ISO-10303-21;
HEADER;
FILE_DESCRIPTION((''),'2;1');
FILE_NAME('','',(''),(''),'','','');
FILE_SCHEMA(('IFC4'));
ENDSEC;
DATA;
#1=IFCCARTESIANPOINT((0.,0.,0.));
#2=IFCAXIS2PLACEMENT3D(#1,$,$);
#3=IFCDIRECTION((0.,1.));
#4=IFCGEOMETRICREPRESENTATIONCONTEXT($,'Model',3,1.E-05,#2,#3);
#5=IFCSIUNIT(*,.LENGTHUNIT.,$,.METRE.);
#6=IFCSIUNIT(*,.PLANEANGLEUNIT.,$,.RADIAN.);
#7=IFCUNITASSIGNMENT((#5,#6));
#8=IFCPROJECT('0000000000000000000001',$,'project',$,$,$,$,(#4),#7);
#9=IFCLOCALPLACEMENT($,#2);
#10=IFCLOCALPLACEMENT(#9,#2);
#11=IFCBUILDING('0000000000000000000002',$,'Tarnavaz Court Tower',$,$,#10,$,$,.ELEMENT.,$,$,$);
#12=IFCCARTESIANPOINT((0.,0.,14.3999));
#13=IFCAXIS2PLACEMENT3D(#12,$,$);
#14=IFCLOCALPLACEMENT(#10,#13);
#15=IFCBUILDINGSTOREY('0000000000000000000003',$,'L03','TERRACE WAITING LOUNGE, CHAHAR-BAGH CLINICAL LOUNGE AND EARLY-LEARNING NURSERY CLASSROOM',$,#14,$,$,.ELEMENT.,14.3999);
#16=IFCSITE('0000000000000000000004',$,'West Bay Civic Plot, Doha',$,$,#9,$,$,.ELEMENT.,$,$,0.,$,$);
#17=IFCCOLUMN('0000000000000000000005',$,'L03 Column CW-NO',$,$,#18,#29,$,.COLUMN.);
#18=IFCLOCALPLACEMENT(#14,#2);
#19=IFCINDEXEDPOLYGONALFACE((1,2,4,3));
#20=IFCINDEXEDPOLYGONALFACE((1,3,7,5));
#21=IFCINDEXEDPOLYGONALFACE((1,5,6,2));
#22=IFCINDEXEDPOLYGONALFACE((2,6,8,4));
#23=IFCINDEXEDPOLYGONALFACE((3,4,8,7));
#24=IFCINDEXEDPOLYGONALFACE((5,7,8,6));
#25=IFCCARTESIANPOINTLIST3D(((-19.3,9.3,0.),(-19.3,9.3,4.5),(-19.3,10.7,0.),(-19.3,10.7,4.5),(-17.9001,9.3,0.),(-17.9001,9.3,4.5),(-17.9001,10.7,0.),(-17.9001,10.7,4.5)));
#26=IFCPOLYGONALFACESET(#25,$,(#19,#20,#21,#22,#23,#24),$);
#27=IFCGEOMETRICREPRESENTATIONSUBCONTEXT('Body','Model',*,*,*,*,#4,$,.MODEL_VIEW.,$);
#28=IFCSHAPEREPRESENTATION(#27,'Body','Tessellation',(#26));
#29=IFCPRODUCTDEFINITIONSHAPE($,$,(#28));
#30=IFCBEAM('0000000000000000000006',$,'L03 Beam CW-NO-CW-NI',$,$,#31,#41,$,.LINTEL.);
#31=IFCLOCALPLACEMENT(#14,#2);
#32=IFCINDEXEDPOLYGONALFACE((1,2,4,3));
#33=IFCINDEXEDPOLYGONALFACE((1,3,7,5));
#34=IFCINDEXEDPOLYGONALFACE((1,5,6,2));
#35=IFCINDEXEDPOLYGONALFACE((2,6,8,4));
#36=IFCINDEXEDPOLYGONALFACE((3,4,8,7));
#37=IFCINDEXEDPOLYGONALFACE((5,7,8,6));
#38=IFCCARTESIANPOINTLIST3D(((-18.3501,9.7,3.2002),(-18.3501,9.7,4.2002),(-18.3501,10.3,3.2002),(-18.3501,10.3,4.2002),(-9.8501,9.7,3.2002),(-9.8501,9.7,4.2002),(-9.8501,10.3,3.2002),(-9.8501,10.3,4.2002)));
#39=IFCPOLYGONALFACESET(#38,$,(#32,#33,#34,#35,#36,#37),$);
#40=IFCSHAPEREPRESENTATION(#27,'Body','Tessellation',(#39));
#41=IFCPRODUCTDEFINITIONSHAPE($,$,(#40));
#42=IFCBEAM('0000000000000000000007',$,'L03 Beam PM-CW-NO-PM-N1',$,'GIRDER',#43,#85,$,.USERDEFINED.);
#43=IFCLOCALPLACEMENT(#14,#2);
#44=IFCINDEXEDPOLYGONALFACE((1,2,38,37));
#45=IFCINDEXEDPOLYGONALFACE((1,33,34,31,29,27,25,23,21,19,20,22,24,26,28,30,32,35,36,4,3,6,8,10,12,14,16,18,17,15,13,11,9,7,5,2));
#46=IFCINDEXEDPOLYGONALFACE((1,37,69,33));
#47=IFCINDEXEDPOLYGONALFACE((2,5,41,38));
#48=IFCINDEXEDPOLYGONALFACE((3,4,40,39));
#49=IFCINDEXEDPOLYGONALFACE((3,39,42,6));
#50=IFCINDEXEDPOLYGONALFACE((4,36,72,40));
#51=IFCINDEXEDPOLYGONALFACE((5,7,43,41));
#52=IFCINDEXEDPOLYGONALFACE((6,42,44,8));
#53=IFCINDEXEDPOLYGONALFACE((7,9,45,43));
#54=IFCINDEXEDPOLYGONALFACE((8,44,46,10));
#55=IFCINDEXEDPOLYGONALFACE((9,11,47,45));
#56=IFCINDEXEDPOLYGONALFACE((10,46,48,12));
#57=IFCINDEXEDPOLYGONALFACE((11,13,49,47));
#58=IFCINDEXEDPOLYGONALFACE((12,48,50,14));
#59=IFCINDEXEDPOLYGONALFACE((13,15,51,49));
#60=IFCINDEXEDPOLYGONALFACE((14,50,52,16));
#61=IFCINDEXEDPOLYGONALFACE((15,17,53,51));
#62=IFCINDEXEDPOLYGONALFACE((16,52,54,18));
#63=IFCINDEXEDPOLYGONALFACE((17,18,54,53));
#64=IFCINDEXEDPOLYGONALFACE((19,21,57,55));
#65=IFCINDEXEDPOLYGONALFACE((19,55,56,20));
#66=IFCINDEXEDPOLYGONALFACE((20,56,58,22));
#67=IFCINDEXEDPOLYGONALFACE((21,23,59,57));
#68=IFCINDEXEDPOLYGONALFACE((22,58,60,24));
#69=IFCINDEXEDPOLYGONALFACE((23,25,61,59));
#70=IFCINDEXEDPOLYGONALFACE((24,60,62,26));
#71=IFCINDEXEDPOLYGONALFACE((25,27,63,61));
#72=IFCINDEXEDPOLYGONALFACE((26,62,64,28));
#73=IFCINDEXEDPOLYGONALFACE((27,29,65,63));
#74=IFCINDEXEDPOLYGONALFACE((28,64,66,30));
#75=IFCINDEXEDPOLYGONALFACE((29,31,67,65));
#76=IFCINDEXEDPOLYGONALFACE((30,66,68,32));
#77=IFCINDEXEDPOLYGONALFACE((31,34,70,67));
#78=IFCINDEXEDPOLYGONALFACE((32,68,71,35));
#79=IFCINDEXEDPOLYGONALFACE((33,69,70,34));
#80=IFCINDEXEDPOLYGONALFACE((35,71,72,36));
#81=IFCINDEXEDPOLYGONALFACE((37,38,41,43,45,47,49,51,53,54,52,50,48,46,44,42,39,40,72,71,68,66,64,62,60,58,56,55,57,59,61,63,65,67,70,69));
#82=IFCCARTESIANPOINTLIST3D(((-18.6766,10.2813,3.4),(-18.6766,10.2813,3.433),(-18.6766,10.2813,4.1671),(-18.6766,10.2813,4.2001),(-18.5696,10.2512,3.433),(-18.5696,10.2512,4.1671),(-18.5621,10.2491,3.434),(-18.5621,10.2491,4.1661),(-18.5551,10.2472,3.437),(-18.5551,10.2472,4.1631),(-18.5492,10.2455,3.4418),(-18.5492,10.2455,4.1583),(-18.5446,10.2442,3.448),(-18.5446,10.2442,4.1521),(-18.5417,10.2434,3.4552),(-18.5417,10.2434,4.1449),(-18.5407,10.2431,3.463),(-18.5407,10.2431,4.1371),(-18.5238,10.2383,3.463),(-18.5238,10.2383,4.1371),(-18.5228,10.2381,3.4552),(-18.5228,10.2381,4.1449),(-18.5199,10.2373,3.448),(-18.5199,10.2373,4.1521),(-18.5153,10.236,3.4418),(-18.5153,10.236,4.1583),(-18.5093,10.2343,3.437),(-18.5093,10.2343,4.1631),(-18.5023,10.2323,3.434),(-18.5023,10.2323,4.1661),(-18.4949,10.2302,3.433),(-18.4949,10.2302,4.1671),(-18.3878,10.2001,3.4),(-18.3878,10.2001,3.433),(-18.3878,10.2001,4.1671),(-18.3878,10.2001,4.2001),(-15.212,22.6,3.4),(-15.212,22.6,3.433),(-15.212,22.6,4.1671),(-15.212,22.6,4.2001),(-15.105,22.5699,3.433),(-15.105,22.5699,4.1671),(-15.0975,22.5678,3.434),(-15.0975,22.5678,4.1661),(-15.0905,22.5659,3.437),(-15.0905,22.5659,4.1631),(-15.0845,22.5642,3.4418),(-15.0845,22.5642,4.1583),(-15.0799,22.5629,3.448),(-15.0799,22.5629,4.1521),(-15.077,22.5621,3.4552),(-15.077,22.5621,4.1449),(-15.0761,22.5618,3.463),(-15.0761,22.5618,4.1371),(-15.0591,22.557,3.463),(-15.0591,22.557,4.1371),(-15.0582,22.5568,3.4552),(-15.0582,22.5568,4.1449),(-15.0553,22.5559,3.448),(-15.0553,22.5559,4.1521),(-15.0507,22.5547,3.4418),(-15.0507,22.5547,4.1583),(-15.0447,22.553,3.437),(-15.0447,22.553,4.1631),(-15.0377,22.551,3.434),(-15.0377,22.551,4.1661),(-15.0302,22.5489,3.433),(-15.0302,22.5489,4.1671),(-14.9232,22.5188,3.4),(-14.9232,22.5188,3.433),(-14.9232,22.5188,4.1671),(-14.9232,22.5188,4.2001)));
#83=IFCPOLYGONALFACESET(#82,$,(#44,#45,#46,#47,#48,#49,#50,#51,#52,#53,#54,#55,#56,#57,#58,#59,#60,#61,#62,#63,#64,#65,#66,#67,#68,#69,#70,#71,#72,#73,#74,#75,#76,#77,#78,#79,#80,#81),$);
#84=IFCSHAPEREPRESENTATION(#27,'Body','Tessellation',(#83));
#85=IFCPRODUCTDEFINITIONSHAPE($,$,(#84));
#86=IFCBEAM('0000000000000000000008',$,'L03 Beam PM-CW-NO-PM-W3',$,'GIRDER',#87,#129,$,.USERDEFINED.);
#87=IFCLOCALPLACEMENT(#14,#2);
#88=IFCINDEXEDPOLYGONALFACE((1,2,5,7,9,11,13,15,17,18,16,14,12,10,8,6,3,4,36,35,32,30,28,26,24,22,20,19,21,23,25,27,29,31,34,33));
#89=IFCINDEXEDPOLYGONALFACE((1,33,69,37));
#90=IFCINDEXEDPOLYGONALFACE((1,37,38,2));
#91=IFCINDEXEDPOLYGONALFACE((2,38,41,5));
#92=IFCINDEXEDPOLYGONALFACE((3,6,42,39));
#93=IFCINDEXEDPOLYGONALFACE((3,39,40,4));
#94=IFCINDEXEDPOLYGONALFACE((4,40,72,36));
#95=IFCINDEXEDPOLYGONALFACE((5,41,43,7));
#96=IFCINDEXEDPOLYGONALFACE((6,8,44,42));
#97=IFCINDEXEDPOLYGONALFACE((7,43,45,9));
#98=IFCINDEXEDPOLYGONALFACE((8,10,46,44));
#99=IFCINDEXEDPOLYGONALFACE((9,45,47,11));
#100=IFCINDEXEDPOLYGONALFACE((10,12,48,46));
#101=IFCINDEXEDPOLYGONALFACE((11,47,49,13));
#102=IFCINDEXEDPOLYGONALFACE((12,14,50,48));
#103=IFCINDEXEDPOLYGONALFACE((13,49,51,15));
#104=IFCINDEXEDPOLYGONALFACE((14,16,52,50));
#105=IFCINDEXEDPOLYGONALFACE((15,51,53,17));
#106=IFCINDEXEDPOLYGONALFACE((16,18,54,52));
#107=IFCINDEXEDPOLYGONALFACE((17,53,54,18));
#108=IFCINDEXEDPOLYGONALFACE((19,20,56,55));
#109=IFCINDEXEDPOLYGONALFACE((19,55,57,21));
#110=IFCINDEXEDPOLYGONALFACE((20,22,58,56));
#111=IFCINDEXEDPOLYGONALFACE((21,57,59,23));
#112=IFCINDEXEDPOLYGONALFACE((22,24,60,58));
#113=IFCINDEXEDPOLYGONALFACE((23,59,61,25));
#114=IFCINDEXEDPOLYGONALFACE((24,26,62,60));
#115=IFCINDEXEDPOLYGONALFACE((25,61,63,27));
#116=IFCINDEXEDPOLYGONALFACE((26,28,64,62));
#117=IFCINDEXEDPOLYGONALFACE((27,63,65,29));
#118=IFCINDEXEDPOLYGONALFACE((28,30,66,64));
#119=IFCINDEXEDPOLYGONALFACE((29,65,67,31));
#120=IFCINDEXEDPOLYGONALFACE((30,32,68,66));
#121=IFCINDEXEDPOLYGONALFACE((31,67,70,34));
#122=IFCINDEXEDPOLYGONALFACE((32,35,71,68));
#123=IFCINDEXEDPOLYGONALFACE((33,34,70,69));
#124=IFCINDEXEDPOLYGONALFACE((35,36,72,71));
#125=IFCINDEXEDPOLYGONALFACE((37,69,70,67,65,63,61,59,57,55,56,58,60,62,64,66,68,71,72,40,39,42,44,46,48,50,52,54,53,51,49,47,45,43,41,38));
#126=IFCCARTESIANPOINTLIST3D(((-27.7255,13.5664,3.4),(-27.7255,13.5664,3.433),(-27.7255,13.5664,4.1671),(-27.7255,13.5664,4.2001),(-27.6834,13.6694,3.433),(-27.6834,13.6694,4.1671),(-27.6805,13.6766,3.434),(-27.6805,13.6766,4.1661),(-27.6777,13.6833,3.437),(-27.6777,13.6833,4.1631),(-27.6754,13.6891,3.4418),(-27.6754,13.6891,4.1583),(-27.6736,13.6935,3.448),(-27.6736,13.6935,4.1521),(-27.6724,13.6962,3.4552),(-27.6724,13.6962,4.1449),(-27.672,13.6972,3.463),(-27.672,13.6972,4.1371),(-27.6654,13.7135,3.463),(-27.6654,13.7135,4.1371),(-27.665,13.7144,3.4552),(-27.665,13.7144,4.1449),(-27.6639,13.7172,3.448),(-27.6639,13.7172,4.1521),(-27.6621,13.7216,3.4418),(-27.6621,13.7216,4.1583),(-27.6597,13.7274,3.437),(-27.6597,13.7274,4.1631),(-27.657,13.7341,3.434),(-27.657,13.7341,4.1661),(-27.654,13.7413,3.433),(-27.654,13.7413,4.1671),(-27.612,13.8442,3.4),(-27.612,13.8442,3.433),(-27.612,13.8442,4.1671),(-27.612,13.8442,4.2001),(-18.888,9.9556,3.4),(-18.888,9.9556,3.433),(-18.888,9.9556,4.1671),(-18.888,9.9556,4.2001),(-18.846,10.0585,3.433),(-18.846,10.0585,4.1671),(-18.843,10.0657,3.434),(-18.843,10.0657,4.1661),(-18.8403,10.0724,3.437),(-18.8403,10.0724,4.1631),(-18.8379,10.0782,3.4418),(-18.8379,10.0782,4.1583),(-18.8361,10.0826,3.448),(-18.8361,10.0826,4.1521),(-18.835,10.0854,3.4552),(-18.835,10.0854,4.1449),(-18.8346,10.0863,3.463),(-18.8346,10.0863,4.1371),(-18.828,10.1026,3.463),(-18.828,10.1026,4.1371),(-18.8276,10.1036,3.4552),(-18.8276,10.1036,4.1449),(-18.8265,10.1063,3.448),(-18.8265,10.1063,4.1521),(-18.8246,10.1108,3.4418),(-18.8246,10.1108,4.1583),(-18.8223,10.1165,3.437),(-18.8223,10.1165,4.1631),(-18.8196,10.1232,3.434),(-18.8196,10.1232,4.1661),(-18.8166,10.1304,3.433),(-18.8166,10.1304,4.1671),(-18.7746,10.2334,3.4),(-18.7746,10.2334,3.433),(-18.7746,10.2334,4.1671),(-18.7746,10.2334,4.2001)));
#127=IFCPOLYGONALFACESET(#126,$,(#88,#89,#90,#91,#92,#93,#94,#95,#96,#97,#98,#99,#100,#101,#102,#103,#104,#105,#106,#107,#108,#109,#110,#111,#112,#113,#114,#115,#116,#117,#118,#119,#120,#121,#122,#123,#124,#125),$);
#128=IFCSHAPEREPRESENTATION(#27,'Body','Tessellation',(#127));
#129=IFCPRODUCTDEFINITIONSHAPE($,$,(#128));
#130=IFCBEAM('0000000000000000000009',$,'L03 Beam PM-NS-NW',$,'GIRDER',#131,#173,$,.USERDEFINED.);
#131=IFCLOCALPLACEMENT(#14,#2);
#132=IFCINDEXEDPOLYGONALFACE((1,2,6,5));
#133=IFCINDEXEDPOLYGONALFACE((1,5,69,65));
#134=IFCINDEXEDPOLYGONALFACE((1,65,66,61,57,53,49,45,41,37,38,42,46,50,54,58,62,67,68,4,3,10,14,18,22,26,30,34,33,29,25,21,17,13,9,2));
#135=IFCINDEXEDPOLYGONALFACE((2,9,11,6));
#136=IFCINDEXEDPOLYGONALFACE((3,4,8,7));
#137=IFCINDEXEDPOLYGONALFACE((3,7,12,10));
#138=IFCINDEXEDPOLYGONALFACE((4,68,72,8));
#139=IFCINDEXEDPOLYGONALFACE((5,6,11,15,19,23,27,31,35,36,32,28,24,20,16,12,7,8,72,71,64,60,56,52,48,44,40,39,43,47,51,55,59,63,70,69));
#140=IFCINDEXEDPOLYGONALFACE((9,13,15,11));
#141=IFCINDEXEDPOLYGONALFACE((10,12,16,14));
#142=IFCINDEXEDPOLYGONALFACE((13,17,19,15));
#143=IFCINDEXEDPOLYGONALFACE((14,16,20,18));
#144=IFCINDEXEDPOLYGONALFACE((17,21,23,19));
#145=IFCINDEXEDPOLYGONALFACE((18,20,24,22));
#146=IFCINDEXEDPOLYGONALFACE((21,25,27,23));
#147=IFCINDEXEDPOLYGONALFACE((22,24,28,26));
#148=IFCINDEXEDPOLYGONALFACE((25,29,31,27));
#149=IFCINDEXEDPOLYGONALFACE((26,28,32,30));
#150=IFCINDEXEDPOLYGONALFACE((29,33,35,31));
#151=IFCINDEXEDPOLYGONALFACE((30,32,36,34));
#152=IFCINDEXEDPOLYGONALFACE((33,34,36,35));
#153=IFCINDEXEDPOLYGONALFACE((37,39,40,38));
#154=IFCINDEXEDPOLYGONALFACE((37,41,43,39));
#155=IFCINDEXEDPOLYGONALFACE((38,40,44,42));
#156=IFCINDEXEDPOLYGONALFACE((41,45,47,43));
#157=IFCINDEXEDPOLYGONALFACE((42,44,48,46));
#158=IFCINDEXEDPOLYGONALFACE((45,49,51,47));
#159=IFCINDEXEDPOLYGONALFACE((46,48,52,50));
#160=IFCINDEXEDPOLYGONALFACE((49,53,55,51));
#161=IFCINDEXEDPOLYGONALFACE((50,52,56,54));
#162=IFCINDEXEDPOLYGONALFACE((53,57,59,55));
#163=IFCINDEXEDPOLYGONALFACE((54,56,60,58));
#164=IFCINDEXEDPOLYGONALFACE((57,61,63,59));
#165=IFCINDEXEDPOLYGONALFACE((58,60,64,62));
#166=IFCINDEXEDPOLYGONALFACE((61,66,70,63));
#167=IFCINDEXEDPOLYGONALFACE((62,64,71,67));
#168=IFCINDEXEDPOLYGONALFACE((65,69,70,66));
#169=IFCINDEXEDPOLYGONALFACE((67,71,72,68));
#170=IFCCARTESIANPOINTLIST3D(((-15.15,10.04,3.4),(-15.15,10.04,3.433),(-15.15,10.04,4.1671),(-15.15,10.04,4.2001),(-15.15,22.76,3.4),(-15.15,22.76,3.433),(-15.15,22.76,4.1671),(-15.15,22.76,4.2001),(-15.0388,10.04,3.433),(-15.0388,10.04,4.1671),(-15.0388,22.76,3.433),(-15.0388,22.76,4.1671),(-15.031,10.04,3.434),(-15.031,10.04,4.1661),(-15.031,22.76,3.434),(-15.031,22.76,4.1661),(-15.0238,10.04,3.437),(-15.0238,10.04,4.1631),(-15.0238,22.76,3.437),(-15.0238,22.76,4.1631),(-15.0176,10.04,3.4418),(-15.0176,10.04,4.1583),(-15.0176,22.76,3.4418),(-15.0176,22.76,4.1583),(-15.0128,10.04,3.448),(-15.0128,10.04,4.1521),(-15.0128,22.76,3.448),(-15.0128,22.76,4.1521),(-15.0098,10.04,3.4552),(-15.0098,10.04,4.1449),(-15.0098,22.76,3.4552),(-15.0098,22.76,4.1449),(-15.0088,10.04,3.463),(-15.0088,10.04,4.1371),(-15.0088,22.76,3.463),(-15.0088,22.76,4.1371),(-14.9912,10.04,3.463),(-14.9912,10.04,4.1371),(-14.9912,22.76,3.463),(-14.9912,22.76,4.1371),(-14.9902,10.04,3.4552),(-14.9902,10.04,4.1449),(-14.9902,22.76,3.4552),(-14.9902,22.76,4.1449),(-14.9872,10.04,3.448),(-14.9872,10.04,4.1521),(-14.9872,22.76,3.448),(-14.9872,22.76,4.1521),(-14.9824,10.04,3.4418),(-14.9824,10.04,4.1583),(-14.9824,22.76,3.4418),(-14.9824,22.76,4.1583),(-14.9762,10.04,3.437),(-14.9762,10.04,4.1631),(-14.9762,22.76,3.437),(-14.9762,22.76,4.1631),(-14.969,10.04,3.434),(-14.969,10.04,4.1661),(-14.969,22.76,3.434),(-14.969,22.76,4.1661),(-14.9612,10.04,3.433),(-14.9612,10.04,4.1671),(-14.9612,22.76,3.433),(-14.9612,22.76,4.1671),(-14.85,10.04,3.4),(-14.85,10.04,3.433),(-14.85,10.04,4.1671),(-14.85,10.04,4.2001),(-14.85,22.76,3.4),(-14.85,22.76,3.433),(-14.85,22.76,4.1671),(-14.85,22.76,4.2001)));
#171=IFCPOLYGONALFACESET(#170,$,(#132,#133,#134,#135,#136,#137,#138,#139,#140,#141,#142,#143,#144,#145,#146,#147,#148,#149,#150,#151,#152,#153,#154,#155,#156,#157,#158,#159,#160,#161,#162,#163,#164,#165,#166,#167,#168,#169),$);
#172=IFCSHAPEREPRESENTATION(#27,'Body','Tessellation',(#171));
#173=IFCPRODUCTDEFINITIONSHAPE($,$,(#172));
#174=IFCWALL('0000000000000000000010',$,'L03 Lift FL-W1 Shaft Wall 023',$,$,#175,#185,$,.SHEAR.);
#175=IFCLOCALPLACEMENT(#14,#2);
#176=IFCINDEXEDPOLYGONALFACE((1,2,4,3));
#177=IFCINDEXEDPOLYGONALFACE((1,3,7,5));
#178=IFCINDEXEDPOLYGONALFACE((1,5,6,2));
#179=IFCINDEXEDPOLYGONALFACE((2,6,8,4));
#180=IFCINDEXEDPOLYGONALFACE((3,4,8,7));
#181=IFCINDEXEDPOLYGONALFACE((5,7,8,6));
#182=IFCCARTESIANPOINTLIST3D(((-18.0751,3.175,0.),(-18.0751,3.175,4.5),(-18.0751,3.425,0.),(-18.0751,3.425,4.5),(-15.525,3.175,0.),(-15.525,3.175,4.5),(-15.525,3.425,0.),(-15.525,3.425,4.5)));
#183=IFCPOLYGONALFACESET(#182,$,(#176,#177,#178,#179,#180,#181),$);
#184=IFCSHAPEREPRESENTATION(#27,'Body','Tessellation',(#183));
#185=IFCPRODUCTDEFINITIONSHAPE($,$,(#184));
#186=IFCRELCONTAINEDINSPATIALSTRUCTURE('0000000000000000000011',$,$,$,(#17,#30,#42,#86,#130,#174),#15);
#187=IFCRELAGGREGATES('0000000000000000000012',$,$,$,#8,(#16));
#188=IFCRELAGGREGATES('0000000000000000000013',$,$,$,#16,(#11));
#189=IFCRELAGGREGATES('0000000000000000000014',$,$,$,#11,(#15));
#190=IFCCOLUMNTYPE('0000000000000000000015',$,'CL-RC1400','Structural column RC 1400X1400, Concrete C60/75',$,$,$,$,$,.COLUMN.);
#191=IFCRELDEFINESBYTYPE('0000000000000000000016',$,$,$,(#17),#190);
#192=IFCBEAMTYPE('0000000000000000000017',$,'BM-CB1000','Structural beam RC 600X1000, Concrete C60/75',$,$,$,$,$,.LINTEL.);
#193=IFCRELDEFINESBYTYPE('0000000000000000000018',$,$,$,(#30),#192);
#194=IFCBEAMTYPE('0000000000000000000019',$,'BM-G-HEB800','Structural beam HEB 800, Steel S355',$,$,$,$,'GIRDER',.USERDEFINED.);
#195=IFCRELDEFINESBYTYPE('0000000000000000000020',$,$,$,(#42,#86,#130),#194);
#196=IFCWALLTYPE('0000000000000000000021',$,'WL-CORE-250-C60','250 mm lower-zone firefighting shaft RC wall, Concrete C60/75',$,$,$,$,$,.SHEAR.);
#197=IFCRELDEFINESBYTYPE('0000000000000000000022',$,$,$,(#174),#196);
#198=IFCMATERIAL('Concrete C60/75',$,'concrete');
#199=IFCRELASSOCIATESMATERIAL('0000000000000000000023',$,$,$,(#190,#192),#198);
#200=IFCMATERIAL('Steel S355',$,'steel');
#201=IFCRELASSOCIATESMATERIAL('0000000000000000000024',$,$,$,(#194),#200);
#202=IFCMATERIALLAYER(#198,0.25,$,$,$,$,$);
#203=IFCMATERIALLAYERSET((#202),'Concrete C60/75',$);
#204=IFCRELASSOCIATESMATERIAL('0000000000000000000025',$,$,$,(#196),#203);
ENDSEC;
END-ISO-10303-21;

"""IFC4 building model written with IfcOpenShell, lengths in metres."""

from ifc_helpers import new_model, si_unit, direction, frame, frame_2d, origin, origin_2d, place, context, subcontext, project, spatial, rectangle, i_section, extrude, material, layer, layer_set, material_profile, profile_set, type_object, element, save


model = new_model("IFC4")

# Units and contexts
model_context = context("Model", 3, precision=1e-05, world=origin(), true_north=direction((0.0, 1.0)))
body_context = subcontext(model_context, "Body", "Model", "MODEL_VIEW")
ifc_project = project(units=[si_unit("LENGTHUNIT", "METRE"), si_unit("PLANEANGLEUNIT", "RADIAN")], contexts=[model_context])

# Site, building, storey
site_placement = place(None, origin())
site = spatial("IfcSite", under=ifc_project, at=site_placement, Name="West Bay Civic Plot, Doha", CompositionType="ELEMENT", RefElevation=0.0)
building_placement = place(site_placement, origin())
building = spatial("IfcBuilding", under=site, at=building_placement, Name="Tarnavaz Court Tower", CompositionType="ELEMENT")
storey_placement = place(building_placement, frame((0.0, 0.0, 14.3999)))
storey = spatial("IfcBuildingStorey", under=building, at=storey_placement, Name="L03", Description="TERRACE WAITING LOUNGE, CHAHAR-BAGH CLINICAL LOUNGE AND EARLY-LEARNING NURSERY CLASSROOM", CompositionType="ELEMENT", Elevation=14.3999)

# Column
ifc_material_1 = material(Name="Concrete C60/75", Category="concrete")
ifc_material_profile_1 = material_profile(ifc_material_1, rectangle(XDim=1.3999, YDim=1.3999, at=origin_2d()), Name="RC 1400X1400")
ifc_profile_set_1 = profile_set([ifc_material_profile_1], Name="Concrete C60/75")
column_type = type_object("IfcColumnType", Name="CL-RC1400", Description="Structural column RC 1400X1400, Concrete C60/75", PredefinedType="COLUMN", material=ifc_profile_set_1)
column_placement = place(storey_placement, frame((-18.6001, 10.0, 0.0), z_axis=(0.0, 0.0, 1.0), x_axis=(1.0, 0.0, 0.0)))
element("IfcColumn", 1, at=column_placement, inside=storey, type_object=column_type, Name="L03 Column CW-NO", PredefinedType="COLUMN", context=body_context, shape_type="SweptSolid", body=[
    extrude(rectangle(XDim=1.3999, YDim=1.3999, at=origin_2d()), origin(), (0.0, 0.0, 1.0), 4.5),
])

# Beams
ifc_material_profile_2 = material_profile(ifc_material_1, rectangle(XDim=0.6001, YDim=1.0, at=origin_2d()), Name="RC 600X1000")
ifc_profile_set_2 = profile_set([ifc_material_profile_2], Name="Concrete C60/75")
beam_type_1 = type_object("IfcBeamType", Name="BM-CB1000", Description="Structural beam RC 600X1000, Concrete C60/75", PredefinedType="LINTEL", material=ifc_profile_set_2)
beam_1_placement = place(storey_placement, frame((-18.3501, 10.0, 3.7002), z_axis=(1.0, 0.0, 0.0), x_axis=(0.0, 1.0, 0.0)))
element("IfcBeam", 2, at=beam_1_placement, inside=storey, type_object=beam_type_1, Name="L03 Beam CW-NO-CW-NI", PredefinedType="LINTEL", context=body_context, shape_type="SweptSolid", body=[
    extrude(rectangle(XDim=0.6001, YDim=1.0, at=origin_2d()), origin(), (0.0, 0.0, 1.0), 8.5),
])
ifc_material_2 = material(Name="Steel S355", Category="steel")
ifc_material_profile_3 = material_profile(ifc_material_2, i_section(OverallWidth=0.3, OverallDepth=0.8, WebThickness=0.0176, FlangeThickness=0.033, FilletRadius=0.03, at=origin_2d()), Name="HEB 800")
ifc_profile_set_3 = profile_set([ifc_material_profile_3], Name="Steel S355")
beam_type_2 = type_object("IfcBeamType", Name="BM-G-HEB800", Description="Structural beam HEB 800, Steel S355", ElementType="GIRDER", PredefinedType="USERDEFINED", material=ifc_profile_set_3)
beam_2_placement = place(storey_placement, frame((-18.5322, 10.2407, 3.8), z_axis=(0.270745, 0.962651, 0.0), x_axis=(-0.962651, 0.270745, 0.0)))
element("IfcBeam", 3, at=beam_2_placement, inside=storey, type_object=beam_type_2, Name="L03 Beam PM-CW-NO-PM-N1", ObjectType="GIRDER", PredefinedType="USERDEFINED", context=body_context, shape_type="SweptSolid", body=[
    extrude(i_section(OverallWidth=0.3, OverallDepth=0.8, WebThickness=0.0176, FlangeThickness=0.033, FilletRadius=0.03, at=origin_2d()), origin(), (0.0, 0.0, 1.0), 12.7966),
])
beam_3_placement = place(storey_placement, frame((-18.8313, 10.0945, 3.8), z_axis=(-0.925711, 0.378233, 0.0), x_axis=(-0.378233, -0.925711, 0.0)))
element("IfcBeam", 4, at=beam_3_placement, inside=storey, type_object=beam_type_2, Name="L03 Beam PM-CW-NO-PM-W3", ObjectType="GIRDER", PredefinedType="USERDEFINED", context=body_context, shape_type="SweptSolid", body=[
    extrude(i_section(OverallWidth=0.3, OverallDepth=0.8, WebThickness=0.0176, FlangeThickness=0.033, FilletRadius=0.03, at=origin_2d()), origin(), (0.0, 0.0, 1.0), 9.5466),
])
beam_4_placement = place(storey_placement, frame((-15.0, 10.04, 3.8), z_axis=(0.0, 1.0, 0.0), x_axis=(-1.0, 0.0, 0.0)))
element("IfcBeam", 5, at=beam_4_placement, inside=storey, type_object=beam_type_2, Name="L03 Beam PM-NS-NW", ObjectType="GIRDER", PredefinedType="USERDEFINED", context=body_context, shape_type="SweptSolid", body=[
    extrude(i_section(OverallWidth=0.3, OverallDepth=0.8, WebThickness=0.0176, FlangeThickness=0.033, FilletRadius=0.03, at=origin_2d()), origin(), (0.0, 0.0, 1.0), 12.72),
])

# Shared definitions
ifc_layer_1 = layer(ifc_material_1, 0.25)
ifc_layer_set_1 = layer_set([ifc_layer_1], Name="Concrete C60/75")
wall_type_1 = type_object("IfcWallType", Name="WL-CORE-250-C60", Description="250 mm lower-zone firefighting shaft RC wall, Concrete C60/75", PredefinedType="SHEAR", material=ifc_layer_set_1)

# Wall
for number, where, z_axis, x_axis, name in (
    (6, (-18.075, 3.3, 0.0), (0.0, 0.0, 1.0), (1.0, 0.0, 0.0), "L03 Lift FL-W1 Shaft Wall 023"),
):
    element("IfcWall", number, at=place(storey_placement, frame(where, z_axis=z_axis, x_axis=x_axis)), inside=storey, type_object=wall_type_1, Name=name, PredefinedType="SHEAR", context=body_context, shape_type="SweptSolid", body=[
        extrude(rectangle(XDim=2.55, YDim=0.25, at=frame_2d((1.2749, 0.0))), origin(), (0.0, 0.0, 1.0), 4.5),
    ])

save(model, "model.ifc")
